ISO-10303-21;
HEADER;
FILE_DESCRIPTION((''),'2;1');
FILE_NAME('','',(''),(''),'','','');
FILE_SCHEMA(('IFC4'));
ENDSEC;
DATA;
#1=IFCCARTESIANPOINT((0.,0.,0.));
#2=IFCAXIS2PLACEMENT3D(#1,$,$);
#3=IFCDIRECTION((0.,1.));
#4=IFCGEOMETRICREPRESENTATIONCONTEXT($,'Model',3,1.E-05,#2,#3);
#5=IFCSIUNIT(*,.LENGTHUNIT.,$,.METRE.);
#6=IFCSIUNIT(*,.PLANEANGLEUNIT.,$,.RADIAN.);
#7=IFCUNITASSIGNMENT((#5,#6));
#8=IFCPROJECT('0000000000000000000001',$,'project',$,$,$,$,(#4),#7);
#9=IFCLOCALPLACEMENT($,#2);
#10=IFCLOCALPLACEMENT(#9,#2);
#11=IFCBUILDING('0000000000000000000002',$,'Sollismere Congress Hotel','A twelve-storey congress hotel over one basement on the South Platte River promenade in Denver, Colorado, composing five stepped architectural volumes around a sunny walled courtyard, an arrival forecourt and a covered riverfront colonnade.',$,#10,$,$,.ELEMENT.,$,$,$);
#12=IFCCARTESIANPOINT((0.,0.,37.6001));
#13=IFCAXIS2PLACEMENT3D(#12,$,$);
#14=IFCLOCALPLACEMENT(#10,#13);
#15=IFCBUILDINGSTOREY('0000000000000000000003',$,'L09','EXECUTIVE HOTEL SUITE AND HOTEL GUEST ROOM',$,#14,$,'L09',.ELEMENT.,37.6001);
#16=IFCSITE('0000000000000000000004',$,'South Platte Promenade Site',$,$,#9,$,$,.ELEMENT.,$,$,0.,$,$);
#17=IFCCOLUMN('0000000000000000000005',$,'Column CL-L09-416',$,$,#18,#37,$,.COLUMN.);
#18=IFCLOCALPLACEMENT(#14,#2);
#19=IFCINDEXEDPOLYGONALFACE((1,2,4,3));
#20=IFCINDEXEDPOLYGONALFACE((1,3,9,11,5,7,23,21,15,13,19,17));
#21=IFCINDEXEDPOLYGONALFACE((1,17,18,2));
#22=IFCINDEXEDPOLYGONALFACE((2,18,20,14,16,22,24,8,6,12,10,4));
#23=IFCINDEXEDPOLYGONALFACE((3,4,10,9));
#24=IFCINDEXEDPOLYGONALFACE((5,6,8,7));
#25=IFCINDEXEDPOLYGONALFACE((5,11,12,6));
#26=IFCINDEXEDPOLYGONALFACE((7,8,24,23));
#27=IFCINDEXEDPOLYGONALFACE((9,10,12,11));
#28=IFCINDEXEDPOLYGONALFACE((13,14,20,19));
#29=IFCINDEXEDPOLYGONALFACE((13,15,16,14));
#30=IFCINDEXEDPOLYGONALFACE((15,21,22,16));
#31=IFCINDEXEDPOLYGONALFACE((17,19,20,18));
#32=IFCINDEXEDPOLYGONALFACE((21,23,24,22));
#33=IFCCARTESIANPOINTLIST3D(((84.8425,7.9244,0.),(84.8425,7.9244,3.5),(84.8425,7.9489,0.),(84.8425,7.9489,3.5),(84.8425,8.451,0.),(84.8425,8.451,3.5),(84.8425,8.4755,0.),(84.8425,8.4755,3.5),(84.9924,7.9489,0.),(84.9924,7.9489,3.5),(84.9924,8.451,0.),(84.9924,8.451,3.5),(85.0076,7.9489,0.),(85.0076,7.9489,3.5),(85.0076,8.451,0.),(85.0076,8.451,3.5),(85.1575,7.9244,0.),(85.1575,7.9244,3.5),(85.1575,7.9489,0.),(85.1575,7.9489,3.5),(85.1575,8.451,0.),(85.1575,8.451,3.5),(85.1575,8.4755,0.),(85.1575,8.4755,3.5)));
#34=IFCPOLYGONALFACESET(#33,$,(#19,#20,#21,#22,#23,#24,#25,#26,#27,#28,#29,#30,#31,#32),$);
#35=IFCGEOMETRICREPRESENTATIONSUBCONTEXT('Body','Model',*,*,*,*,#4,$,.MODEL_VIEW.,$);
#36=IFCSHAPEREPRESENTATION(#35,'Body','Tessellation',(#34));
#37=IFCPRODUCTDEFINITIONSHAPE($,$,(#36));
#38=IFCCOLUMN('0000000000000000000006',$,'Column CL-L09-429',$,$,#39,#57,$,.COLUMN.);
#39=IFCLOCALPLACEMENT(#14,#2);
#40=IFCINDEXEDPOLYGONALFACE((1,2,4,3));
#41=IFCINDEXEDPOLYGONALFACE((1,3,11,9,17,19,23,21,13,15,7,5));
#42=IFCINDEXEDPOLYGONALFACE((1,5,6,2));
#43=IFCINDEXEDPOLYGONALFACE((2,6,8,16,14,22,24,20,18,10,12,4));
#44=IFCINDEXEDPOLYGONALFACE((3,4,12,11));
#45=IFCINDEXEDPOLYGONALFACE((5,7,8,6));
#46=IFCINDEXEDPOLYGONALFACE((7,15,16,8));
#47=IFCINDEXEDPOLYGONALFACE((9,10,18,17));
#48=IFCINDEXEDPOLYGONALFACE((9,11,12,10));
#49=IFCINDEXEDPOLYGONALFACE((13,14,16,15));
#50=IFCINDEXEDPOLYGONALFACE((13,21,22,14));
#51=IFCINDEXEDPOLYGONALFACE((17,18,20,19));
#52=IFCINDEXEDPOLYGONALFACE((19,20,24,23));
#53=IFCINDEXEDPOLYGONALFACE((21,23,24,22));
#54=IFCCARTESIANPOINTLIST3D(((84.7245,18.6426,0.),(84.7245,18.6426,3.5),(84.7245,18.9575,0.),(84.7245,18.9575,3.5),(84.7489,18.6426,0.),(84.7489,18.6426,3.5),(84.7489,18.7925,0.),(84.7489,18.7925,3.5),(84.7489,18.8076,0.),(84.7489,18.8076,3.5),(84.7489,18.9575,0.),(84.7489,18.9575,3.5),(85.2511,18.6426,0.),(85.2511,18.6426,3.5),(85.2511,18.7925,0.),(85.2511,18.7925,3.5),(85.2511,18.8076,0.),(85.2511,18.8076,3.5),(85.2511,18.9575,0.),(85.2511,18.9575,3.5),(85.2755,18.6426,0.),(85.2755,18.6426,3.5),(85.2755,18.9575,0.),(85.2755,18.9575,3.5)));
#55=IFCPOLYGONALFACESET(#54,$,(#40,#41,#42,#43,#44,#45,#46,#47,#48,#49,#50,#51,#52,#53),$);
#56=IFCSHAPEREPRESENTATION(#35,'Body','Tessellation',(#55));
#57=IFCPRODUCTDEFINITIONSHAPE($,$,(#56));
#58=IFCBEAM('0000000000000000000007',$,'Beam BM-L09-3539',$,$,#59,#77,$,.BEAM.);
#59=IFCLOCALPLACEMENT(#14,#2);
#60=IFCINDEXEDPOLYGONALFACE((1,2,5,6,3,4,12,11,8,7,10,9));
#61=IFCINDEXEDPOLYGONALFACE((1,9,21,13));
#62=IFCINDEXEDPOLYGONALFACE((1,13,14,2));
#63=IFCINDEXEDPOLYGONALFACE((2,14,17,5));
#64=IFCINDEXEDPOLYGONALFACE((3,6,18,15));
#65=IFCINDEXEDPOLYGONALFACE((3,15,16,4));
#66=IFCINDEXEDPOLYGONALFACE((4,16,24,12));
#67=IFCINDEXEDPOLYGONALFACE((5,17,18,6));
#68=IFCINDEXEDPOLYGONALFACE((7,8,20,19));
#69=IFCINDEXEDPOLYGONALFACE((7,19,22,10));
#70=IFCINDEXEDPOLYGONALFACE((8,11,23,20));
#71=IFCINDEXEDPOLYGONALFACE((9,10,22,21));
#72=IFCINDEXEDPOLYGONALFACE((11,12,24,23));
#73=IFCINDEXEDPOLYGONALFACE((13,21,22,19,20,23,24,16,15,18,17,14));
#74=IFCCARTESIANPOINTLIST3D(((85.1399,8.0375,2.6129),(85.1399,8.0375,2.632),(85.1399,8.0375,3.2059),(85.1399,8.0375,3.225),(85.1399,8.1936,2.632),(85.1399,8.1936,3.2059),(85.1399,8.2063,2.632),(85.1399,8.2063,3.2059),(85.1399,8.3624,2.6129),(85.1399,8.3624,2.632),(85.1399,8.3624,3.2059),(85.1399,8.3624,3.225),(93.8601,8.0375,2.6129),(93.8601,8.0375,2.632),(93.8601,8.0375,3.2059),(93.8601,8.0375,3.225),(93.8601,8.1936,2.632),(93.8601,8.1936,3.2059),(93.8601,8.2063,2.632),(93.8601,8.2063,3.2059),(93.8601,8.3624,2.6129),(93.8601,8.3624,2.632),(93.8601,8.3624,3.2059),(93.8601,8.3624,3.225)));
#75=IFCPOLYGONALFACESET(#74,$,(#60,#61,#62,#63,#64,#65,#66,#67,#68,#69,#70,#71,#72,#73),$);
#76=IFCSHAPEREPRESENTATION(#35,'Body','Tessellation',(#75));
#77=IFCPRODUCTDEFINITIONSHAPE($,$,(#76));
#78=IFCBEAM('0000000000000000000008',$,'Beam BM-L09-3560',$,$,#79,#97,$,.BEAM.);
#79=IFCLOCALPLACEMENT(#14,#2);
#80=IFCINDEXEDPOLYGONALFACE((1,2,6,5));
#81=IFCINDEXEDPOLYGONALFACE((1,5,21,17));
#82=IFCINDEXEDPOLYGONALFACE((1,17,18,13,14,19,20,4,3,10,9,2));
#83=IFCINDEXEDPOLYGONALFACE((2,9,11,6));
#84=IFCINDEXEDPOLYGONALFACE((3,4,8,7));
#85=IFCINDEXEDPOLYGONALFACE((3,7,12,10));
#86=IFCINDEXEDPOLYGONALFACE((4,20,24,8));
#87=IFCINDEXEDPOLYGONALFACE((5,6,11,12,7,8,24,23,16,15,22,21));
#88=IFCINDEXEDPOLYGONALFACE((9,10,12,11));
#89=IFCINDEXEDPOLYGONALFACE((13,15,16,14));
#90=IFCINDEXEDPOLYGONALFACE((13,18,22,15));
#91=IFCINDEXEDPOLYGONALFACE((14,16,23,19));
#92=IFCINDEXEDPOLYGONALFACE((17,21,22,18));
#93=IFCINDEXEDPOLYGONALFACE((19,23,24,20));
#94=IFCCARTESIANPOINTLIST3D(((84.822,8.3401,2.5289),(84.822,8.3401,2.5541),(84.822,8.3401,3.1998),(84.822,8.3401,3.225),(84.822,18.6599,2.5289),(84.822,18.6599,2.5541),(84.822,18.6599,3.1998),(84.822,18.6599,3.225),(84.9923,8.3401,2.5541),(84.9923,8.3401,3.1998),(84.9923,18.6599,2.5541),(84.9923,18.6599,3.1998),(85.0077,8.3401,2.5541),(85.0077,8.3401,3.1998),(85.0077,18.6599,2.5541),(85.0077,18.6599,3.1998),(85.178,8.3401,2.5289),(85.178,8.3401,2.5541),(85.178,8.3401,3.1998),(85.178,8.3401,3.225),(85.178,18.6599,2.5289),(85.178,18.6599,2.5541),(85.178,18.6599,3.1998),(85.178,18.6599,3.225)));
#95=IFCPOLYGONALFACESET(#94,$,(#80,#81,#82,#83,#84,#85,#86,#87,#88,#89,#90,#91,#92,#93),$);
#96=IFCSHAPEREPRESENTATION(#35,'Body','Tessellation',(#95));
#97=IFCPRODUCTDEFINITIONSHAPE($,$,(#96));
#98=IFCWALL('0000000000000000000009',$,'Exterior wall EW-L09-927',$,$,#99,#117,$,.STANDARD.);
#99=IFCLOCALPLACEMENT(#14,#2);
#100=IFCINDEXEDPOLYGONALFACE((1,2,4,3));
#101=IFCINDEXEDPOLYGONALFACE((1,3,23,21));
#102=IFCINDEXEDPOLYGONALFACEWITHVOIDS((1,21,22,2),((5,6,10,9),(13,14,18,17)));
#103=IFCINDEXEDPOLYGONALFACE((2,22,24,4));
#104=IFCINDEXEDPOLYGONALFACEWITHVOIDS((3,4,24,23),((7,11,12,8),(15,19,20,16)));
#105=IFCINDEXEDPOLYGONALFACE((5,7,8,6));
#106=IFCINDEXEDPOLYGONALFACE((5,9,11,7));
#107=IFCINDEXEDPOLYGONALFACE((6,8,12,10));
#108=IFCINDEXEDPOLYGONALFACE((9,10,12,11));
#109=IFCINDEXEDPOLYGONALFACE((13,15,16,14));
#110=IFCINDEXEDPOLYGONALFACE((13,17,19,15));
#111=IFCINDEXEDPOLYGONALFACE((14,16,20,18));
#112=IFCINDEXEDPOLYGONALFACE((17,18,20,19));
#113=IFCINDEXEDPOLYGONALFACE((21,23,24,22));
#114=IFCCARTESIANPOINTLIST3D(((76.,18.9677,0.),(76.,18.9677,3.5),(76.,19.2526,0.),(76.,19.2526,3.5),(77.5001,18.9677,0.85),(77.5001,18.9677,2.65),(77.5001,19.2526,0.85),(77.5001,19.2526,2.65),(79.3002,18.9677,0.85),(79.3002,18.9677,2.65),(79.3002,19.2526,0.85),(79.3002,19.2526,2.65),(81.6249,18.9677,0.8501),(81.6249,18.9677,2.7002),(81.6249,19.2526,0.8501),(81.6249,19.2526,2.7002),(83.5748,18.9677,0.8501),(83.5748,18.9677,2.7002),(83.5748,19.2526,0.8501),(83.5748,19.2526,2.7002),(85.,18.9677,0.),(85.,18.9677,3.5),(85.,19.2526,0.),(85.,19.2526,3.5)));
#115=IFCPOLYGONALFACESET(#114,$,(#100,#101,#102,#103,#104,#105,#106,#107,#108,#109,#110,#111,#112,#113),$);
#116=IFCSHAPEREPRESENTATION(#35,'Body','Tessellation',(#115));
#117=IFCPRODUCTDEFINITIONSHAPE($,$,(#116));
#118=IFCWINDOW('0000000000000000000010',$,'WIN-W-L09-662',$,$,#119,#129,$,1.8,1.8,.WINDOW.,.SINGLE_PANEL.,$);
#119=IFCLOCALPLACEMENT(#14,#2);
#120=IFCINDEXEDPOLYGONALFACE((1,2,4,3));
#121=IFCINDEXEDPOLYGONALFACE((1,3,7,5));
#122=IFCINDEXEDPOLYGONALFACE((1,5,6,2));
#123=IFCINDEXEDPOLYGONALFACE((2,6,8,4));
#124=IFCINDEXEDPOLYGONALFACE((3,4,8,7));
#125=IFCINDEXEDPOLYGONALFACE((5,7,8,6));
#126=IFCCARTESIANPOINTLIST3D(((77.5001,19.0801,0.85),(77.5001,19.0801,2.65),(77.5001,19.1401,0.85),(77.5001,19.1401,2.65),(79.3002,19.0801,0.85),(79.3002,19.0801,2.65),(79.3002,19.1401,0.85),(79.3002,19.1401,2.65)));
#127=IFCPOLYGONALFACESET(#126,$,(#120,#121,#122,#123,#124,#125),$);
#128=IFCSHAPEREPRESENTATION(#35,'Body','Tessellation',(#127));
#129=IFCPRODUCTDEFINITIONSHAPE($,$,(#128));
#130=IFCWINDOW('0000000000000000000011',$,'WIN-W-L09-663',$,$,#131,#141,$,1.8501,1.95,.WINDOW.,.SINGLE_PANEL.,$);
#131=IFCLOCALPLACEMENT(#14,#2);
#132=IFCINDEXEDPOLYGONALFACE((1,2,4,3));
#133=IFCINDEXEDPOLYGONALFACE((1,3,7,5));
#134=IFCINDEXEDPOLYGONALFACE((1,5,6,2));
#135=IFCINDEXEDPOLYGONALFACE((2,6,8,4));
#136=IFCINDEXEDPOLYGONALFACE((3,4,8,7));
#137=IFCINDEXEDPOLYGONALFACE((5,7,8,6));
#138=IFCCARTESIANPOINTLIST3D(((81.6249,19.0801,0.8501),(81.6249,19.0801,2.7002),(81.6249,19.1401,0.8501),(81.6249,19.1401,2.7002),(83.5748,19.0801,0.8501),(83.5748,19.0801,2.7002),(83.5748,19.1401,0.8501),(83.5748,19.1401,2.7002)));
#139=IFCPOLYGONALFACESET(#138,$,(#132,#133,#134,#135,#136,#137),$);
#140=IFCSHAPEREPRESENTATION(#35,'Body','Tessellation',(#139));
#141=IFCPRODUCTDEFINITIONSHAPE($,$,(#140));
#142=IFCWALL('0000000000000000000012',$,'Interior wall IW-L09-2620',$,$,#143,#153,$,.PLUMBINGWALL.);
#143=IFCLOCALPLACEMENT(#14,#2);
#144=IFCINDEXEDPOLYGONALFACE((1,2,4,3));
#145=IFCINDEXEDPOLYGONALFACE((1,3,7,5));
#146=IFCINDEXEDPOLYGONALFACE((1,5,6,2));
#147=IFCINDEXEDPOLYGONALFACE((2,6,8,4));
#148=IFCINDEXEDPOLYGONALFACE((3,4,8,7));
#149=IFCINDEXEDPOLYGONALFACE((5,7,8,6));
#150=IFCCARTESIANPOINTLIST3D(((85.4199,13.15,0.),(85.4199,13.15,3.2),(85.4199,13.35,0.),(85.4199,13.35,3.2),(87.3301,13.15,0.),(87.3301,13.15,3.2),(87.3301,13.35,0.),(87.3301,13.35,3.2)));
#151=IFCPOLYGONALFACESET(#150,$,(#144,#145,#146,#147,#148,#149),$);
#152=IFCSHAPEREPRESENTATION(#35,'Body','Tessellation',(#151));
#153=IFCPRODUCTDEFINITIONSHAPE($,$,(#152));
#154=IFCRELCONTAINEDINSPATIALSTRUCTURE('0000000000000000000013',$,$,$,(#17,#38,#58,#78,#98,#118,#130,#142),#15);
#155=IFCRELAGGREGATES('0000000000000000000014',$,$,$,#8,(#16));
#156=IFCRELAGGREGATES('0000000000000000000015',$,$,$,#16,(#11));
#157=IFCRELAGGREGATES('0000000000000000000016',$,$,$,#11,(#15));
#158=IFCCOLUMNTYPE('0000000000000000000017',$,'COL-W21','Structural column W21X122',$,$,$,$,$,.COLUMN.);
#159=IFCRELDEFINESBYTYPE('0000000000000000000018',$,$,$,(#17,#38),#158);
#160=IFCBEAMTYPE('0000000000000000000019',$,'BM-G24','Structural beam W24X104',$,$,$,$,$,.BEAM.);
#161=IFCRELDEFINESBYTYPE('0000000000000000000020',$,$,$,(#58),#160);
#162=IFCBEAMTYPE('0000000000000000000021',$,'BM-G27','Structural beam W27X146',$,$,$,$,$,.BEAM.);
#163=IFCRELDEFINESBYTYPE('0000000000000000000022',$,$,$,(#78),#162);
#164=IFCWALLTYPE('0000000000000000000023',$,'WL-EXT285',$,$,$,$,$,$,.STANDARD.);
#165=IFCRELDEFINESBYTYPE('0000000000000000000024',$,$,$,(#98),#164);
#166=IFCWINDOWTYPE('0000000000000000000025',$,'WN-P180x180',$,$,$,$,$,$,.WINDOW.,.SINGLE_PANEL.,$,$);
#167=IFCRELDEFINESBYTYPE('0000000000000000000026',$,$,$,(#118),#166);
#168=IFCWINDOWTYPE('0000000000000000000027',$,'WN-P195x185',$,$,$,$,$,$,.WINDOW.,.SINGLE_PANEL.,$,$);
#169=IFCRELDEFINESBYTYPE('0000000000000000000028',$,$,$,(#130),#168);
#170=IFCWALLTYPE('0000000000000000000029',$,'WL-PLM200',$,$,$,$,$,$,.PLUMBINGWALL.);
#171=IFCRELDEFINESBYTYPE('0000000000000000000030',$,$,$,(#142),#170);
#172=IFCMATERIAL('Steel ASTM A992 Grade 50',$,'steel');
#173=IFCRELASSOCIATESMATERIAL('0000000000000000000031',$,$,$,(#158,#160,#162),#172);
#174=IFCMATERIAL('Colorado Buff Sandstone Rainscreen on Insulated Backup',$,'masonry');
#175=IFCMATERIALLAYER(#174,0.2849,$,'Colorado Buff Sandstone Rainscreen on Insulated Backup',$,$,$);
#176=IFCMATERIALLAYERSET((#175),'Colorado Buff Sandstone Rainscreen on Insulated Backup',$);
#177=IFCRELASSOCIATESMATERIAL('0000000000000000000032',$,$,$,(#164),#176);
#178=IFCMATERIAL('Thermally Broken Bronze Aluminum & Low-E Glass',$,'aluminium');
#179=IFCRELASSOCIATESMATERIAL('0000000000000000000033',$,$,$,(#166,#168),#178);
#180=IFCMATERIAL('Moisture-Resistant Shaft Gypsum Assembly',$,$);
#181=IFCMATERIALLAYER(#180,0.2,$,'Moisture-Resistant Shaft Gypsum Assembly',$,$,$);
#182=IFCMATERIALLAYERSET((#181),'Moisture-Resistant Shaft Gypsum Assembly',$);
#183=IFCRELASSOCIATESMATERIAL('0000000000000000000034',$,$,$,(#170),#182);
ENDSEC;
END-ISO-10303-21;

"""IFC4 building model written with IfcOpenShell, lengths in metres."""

from ifc_helpers import new_model, si_unit, direction, frame, frame_2d, origin, origin_2d, place, context, subcontext, project, spatial, rectangle, i_section, extrude, material, layer, layer_set, material_profile, profile_set, type_object, element, fill, save


model = new_model("IFC4")

# Units and contexts
model_context = context("Model", 3, precision=1e-05, world=origin(), true_north=direction((0.0, 1.0)))
body_context = subcontext(model_context, "Body", "Model", "MODEL_VIEW")
ifc_project = project(units=[si_unit("LENGTHUNIT", "METRE"), si_unit("PLANEANGLEUNIT", "RADIAN")], contexts=[model_context])

# Site, building, storey
site_placement = place(None, origin())
site = spatial("IfcSite", under=ifc_project, at=site_placement, Name="South Platte Promenade Site", CompositionType="ELEMENT", RefElevation=0.0)
building_placement = place(site_placement, origin())
building = spatial("IfcBuilding", under=site, at=building_placement, Name="Sollismere Congress Hotel", Description="A twelve-storey congress hotel over one basement on the South Platte River promenade in Denver, Colorado, composing five stepped architectural volumes around a sunny walled courtyard, an arrival forecourt and a covered riverfront colonnade.", CompositionType="ELEMENT")
storey_placement = place(building_placement, frame((0.0, 0.0, 37.6001)))
storey = spatial("IfcBuildingStorey", under=building, at=storey_placement, Name="L09", Description="EXECUTIVE HOTEL SUITE AND HOTEL GUEST ROOM", LongName="L09", CompositionType="ELEMENT", Elevation=37.6001)

# Columns
ifc_material_1 = material(Name="Steel ASTM A992 Grade 50", Category="steel")
ifc_material_profile_1 = material_profile(ifc_material_1, i_section(OverallWidth=0.3149, OverallDepth=0.551, WebThickness=0.0151, FlangeThickness=0.0244, at=origin_2d()), Name="W21X122")
ifc_profile_set_1 = profile_set([ifc_material_profile_1], Name="Steel ASTM A992 Grade 50")
column_type = type_object("IfcColumnType", Name="COL-W21", Description="Structural column W21X122", PredefinedType="COLUMN", material=ifc_profile_set_1)
for number, where, z_axis, x_axis, name in (
    (1, (85.0, 8.2, 0.0), (0.0, 0.0, 1.0), (1.0, 0.0, 0.0), "Column CL-L09-416"),
    (2, (85.0, 18.8, 0.0), (0.0, 0.0, 1.0), (0.0, 1.0, 0.0), "Column CL-L09-429"),
):
    element("IfcColumn", number, at=place(storey_placement, frame(where, z_axis=z_axis, x_axis=x_axis)), inside=storey, type_object=column_type, Name=name, PredefinedType="COLUMN", context=body_context, shape_type="SweptSolid", body=[
        extrude(i_section(OverallWidth=0.3149, OverallDepth=0.551, WebThickness=0.0151, FlangeThickness=0.0244, at=origin_2d()), origin(), (0.0, 0.0, 1.0), 3.5),
    ])

# Beams
ifc_material_profile_2 = material_profile(ifc_material_1, i_section(OverallWidth=0.325, OverallDepth=0.6121, WebThickness=0.0127, FlangeThickness=0.019, at=origin_2d()), Name="W24X104")
ifc_profile_set_2 = profile_set([ifc_material_profile_2], Name="Steel ASTM A992 Grade 50")
beam_type_1 = type_object("IfcBeamType", Name="BM-G24", Description="Structural beam W24X104", PredefinedType="BEAM", material=ifc_profile_set_2)
beam_1_placement = place(storey_placement, frame((85.1399, 8.2, 2.9189), z_axis=(1.0, 0.0, 0.0), x_axis=(0.0, 1.0, 0.0)))
element("IfcBeam", 3, at=beam_1_placement, inside=storey, type_object=beam_type_1, Name="Beam BM-L09-3539", PredefinedType="BEAM", context=body_context, shape_type="SweptSolid", body=[
    extrude(i_section(OverallWidth=0.325, OverallDepth=0.6121, WebThickness=0.0127, FlangeThickness=0.019, at=origin_2d()), origin(), (0.0, 0.0, 1.0), 8.7202),
])
ifc_material_profile_3 = material_profile(ifc_material_1, i_section(OverallWidth=0.356, OverallDepth=0.696, WebThickness=0.0154, FlangeThickness=0.0251, at=origin_2d()), Name="W27X146")
ifc_profile_set_3 = profile_set([ifc_material_profile_3], Name="Steel ASTM A992 Grade 50")
beam_type_2 = type_object("IfcBeamType", Name="BM-G27", Description="Structural beam W27X146", PredefinedType="BEAM", material=ifc_profile_set_3)
beam_2_placement = place(storey_placement, frame((85.0, 8.3401, 2.877), z_axis=(0.0, 1.0, 0.0), x_axis=(-1.0, 0.0, 0.0)))
element("IfcBeam", 4, at=beam_2_placement, inside=storey, type_object=beam_type_2, Name="Beam BM-L09-3560", PredefinedType="BEAM", context=body_context, shape_type="SweptSolid", body=[
    extrude(i_section(OverallWidth=0.356, OverallDepth=0.696, WebThickness=0.0154, FlangeThickness=0.0251, at=origin_2d()), origin(), (0.0, 0.0, 1.0), 10.3198),
])

# Wall, openings, windows
ifc_material_2 = material(Name="Colorado Buff Sandstone Rainscreen on Insulated Backup", Category="masonry")
ifc_layer_1 = layer(ifc_material_2, 0.2849, Name="Colorado Buff Sandstone Rainscreen on Insulated Backup")
ifc_layer_set_1 = layer_set([ifc_layer_1], Name="Colorado Buff Sandstone Rainscreen on Insulated Backup")
wall_type_1 = type_object("IfcWallType", Name="WL-EXT285", PredefinedType="STANDARD", material=ifc_layer_set_1)
wall_1_placement = place(storey_placement, frame((85.0, 19.1101, 0.0), z_axis=(0.0, 0.0, 1.0), x_axis=(-1.0, 0.0, 0.0)))
wall_1 = element("IfcWall", 5, at=wall_1_placement, inside=storey, type_object=wall_type_1, Name="Exterior wall EW-L09-927", PredefinedType="STANDARD", context=body_context, shape_type="SweptSolid", body=[
    extrude(rectangle(XDim=9.0, YDim=0.2849, at=frame_2d((4.5, 0.0))), origin(), (0.0, 0.0, 1.0), 3.5),
])
opening_1_placement = place(wall_1_placement, frame((5.7, 0.0, 0.8501)))
opening_1 = element("IfcOpeningElement", 6, at=opening_1_placement, cuts=wall_1, PredefinedType="OPENING", context=body_context, shape_type="SweptSolid", body=[
    extrude(rectangle(XDim=1.8, YDim=1.8, at=frame_2d((0.8999, 0.8999))), frame((0.0, 0.1523, 0.0), z_axis=(0.0, -1.0, 0.0), x_axis=(1.0, 0.0, 0.0)), (0.0, 0.0, 1.0), 0.3049),
])
opening_2_placement = place(wall_1_placement, frame((1.425, 0.0, 0.8501)))
opening_2 = element("IfcOpeningElement", 7, at=opening_2_placement, cuts=wall_1, PredefinedType="OPENING", context=body_context, shape_type="SweptSolid", body=[
    extrude(rectangle(XDim=1.95, YDim=1.8501, at=frame_2d((0.9751, 0.925))), frame((0.0, 0.1523, 0.0), z_axis=(0.0, -1.0, 0.0), x_axis=(1.0, 0.0, 0.0)), (0.0, 0.0, 1.0), 0.3049),
])
ifc_material_3 = material(Name="Thermally Broken Bronze Aluminum & Low-E Glass", Category="aluminium")
window_type_1 = type_object("IfcWindowType", Name="WN-P180x180", PartitioningType="SINGLE_PANEL", PredefinedType="WINDOW", material=ifc_material_3)
window_1_placement = place(opening_1_placement, origin())
window_1 = element("IfcWindow", 8, at=window_1_placement, inside=storey, type_object=window_type_1, Name="WIN-W-L09-662", OverallHeight=1.8, OverallWidth=1.8, PartitioningType="SINGLE_PANEL", PredefinedType="WINDOW", context=body_context, shape_type="SweptSolid", body=[
    extrude(rectangle(XDim=1.8, YDim=1.8, at=frame_2d((0.8999, 0.8999))), frame((0.0, 0.03, 0.0), z_axis=(0.0, -1.0, 0.0), x_axis=(1.0, 0.0, 0.0)), (0.0, 0.0, 1.0), 0.0601),
])
fill(opening_1, window_1)
window_type_2 = type_object("IfcWindowType", Name="WN-P195x185", PartitioningType="SINGLE_PANEL", PredefinedType="WINDOW", material=ifc_material_3)
window_2_placement = place(opening_2_placement, origin())
window_2 = element("IfcWindow", 9, at=window_2_placement, inside=storey, type_object=window_type_2, Name="WIN-W-L09-663", OverallHeight=1.8501, OverallWidth=1.95, PartitioningType="SINGLE_PANEL", PredefinedType="WINDOW", context=body_context, shape_type="SweptSolid", body=[
    extrude(rectangle(XDim=1.95, YDim=1.8501, at=frame_2d((0.9751, 0.925))), frame((0.0, 0.03, 0.0), z_axis=(0.0, -1.0, 0.0), x_axis=(1.0, 0.0, 0.0)), (0.0, 0.0, 1.0), 0.0601),
])
fill(opening_2, window_2)

# Wall
ifc_material_4 = material(Name="Moisture-Resistant Shaft Gypsum Assembly")
ifc_layer_2 = layer(ifc_material_4, 0.2, Name="Moisture-Resistant Shaft Gypsum Assembly")
ifc_layer_set_2 = layer_set([ifc_layer_2], Name="Moisture-Resistant Shaft Gypsum Assembly")
wall_type_2 = type_object("IfcWallType", Name="WL-PLM200", PredefinedType="PLUMBINGWALL", material=ifc_layer_set_2)
wall_2_placement = place(storey_placement, frame((85.4199, 13.25, 0.0), z_axis=(0.0, 0.0, 1.0), x_axis=(1.0, 0.0, 0.0)))
element("IfcWall", 10, at=wall_2_placement, inside=storey, type_object=wall_type_2, Name="Interior wall IW-L09-2620", PredefinedType="PLUMBINGWALL", context=body_context, shape_type="SweptSolid", body=[
    extrude(rectangle(XDim=1.9102, YDim=0.2, at=frame_2d((0.9551, 0.0))), origin(), (0.0, 0.0, 1.0), 3.2),
])

save(model, "model.ifc")
